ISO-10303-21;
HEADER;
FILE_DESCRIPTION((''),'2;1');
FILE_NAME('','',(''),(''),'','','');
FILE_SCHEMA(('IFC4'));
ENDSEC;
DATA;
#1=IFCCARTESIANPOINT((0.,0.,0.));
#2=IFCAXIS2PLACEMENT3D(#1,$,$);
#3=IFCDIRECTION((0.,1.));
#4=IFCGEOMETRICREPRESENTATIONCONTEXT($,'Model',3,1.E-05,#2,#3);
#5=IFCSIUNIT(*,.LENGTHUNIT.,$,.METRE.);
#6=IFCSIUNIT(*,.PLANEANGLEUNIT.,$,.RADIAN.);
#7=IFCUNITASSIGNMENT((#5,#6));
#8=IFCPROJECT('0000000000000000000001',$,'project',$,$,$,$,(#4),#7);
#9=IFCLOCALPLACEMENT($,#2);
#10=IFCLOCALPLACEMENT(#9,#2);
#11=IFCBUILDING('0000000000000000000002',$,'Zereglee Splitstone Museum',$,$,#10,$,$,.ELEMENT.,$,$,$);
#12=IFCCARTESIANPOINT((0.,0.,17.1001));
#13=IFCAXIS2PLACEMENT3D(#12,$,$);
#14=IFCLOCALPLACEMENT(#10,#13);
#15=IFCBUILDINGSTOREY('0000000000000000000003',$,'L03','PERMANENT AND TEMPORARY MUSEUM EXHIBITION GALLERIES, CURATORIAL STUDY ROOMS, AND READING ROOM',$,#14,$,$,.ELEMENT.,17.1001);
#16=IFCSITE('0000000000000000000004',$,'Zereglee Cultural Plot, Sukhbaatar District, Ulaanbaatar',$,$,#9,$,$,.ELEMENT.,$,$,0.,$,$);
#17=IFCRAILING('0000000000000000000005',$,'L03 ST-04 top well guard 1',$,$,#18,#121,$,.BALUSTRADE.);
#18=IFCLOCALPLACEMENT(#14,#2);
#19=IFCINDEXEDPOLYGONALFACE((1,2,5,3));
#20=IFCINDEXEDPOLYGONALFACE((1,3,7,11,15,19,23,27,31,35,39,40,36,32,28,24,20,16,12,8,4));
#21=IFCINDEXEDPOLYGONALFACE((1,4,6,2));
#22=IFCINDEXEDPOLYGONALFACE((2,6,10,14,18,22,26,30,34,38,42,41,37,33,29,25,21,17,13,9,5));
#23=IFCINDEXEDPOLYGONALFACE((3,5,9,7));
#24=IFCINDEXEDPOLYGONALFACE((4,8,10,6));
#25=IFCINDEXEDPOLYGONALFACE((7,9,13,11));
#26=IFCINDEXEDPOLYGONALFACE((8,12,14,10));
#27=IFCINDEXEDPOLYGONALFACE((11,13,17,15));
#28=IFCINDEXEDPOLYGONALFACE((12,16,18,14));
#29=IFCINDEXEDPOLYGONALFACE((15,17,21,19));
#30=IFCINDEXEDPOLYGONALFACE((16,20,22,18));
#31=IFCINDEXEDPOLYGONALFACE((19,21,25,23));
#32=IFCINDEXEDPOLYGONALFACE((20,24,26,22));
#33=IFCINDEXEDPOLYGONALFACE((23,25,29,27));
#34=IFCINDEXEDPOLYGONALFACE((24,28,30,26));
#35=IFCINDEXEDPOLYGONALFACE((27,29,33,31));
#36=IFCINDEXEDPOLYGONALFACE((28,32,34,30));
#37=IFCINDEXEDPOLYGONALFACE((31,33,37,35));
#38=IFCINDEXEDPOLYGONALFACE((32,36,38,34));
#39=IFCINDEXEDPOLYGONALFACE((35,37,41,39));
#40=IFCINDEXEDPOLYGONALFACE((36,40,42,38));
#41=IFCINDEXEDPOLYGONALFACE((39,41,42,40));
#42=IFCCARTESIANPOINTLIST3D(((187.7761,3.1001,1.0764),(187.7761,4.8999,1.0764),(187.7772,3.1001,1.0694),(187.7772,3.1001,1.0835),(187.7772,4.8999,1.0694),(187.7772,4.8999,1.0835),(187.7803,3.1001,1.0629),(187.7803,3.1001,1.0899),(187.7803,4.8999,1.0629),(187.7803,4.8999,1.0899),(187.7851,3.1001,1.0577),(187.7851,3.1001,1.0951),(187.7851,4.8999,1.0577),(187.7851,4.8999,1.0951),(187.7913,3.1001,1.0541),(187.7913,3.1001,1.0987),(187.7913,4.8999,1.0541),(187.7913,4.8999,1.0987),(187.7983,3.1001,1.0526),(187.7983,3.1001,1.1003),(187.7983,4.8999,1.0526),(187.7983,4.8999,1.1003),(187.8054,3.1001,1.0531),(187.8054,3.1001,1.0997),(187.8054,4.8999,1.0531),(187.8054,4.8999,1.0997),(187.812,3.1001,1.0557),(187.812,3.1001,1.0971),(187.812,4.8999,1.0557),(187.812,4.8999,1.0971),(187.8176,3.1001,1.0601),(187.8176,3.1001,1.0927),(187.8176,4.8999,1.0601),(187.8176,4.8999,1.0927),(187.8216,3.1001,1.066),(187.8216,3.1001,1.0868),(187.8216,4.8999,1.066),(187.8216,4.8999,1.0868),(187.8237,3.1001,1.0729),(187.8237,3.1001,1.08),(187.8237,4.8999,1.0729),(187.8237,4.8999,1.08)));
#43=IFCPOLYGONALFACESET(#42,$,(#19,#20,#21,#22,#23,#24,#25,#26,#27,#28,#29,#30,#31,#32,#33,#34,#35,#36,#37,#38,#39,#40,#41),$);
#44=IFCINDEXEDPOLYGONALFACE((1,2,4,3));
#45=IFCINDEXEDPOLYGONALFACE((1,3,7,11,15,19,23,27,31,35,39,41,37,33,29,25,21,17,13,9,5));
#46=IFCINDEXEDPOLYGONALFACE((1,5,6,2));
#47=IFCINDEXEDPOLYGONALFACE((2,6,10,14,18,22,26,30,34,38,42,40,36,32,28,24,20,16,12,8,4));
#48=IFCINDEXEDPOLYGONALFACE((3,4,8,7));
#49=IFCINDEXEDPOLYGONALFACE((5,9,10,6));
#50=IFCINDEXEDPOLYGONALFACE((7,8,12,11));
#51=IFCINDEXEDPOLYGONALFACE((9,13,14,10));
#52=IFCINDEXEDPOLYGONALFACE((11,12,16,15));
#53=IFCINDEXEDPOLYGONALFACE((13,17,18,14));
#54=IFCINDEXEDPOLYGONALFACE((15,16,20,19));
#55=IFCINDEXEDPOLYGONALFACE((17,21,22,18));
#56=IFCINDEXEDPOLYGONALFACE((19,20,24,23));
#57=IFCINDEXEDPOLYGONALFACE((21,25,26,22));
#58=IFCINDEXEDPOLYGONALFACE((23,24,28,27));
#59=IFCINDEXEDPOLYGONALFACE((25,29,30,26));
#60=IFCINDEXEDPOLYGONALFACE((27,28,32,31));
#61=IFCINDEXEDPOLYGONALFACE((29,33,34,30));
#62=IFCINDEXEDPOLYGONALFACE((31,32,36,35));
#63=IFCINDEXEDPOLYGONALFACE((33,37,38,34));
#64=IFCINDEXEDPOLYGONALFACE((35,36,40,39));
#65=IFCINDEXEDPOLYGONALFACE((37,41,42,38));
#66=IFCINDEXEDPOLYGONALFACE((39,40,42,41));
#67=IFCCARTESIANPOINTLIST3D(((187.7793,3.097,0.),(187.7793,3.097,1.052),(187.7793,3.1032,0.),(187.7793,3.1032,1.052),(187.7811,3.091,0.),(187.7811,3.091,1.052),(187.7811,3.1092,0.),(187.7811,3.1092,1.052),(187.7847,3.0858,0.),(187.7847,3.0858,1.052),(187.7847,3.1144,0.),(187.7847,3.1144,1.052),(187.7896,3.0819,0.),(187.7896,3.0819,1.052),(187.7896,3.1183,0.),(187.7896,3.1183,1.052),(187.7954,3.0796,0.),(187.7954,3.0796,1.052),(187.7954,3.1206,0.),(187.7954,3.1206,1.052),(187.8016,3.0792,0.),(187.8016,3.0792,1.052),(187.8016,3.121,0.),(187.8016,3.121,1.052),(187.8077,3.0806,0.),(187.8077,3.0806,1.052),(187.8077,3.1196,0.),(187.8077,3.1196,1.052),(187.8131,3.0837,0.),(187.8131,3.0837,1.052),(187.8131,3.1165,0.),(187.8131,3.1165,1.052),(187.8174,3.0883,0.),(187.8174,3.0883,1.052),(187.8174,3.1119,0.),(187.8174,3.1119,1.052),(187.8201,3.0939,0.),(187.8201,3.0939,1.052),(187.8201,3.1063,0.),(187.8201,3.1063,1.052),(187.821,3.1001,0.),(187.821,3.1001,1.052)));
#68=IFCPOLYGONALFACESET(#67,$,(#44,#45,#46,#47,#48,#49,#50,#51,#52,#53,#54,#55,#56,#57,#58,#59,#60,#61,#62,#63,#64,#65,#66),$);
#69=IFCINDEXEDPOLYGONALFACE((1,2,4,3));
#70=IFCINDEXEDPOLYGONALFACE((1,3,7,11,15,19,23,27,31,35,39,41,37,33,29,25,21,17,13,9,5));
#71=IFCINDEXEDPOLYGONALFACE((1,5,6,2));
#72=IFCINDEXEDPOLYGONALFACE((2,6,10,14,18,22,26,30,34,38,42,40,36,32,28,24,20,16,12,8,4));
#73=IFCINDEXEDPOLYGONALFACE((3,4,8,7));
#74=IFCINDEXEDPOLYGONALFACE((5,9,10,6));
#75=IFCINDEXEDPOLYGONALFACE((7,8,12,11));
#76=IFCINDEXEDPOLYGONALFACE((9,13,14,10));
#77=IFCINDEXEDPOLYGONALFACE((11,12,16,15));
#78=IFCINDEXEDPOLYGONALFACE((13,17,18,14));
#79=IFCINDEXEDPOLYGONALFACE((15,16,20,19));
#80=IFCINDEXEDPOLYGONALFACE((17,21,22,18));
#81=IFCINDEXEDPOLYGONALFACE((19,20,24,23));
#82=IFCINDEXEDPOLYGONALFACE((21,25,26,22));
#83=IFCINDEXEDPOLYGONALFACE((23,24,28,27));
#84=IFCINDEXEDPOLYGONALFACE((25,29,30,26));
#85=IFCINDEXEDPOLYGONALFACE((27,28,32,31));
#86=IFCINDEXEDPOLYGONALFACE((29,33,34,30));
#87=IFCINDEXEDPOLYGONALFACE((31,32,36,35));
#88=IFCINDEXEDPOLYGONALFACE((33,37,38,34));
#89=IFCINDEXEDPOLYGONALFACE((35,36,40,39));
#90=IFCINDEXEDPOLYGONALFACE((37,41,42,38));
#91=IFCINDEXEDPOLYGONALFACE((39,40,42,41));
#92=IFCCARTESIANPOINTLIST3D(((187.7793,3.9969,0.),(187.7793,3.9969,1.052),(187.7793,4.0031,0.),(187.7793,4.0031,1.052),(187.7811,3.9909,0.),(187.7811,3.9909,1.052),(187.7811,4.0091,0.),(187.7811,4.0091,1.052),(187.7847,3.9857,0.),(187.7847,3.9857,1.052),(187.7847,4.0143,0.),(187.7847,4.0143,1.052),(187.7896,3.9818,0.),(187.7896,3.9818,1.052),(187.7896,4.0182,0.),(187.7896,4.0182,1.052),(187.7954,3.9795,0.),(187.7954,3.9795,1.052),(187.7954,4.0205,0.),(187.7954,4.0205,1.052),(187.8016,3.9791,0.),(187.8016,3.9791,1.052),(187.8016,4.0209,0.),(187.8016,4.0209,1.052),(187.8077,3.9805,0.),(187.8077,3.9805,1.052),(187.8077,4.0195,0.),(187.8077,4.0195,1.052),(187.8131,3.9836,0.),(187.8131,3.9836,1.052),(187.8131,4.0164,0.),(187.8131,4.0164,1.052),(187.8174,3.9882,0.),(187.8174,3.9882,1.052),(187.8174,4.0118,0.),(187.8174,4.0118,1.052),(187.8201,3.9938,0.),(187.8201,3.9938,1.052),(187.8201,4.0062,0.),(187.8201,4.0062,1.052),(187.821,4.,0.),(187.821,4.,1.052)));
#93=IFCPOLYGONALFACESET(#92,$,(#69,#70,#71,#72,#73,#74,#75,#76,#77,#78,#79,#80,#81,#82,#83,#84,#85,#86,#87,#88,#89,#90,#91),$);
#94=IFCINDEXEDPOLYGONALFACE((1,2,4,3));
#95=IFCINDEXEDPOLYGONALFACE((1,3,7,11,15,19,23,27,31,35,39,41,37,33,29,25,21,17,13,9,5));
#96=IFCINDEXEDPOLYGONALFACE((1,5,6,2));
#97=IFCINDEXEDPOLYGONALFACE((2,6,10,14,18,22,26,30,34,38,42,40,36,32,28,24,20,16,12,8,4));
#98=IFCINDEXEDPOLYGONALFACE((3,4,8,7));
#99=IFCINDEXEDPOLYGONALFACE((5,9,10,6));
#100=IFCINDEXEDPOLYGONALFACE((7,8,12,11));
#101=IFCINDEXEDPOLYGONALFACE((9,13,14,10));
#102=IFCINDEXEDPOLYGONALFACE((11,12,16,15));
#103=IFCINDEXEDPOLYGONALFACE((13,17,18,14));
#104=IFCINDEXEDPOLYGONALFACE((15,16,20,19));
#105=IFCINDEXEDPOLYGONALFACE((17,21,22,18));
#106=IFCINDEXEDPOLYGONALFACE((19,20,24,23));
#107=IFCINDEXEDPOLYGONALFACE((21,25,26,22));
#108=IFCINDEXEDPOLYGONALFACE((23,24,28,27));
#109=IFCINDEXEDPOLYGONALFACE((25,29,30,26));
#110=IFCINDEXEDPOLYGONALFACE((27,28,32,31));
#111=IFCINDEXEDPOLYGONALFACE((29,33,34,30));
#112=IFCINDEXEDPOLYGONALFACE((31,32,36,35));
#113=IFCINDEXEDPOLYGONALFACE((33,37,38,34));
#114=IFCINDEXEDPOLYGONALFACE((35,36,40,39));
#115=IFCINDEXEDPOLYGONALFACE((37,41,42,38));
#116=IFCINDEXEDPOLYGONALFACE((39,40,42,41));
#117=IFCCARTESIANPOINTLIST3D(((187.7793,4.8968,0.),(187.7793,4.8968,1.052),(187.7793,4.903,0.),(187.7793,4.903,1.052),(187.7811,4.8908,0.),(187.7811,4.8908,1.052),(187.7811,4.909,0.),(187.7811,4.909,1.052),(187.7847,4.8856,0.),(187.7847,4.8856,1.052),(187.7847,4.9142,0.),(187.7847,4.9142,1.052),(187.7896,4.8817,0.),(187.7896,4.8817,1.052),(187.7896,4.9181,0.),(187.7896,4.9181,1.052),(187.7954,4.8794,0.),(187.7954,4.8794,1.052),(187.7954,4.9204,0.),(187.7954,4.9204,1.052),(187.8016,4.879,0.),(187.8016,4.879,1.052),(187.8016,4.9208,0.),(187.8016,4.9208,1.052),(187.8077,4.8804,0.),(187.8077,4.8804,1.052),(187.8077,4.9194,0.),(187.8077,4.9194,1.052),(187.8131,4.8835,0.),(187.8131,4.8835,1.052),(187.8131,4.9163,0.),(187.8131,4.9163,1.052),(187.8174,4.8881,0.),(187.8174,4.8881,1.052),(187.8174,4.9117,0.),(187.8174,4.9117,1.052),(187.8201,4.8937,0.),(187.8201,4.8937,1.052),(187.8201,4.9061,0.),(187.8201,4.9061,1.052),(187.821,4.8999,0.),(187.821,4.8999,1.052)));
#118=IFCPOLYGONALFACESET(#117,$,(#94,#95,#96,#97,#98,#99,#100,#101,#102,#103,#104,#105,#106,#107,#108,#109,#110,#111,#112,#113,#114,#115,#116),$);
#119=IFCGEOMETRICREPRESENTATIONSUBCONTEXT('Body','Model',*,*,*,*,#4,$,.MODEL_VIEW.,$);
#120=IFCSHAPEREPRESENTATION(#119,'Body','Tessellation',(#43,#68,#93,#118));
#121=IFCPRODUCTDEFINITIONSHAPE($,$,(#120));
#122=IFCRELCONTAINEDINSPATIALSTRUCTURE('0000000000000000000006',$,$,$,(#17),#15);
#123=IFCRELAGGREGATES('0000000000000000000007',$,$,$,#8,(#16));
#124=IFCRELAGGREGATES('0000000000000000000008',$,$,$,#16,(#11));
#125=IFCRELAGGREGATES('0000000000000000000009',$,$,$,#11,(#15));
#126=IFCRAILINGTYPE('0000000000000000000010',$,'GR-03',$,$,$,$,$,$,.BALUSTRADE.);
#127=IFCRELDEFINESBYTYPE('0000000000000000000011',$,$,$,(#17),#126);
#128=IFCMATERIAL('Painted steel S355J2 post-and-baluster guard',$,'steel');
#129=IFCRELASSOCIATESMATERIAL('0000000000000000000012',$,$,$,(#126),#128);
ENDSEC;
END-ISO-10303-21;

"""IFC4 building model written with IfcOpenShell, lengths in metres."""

from ifc_helpers import new_model, si_unit, direction, frame, origin, origin_2d, place, context, subcontext, project, spatial, circle, extrude, material, type_object, element, save


model = new_model("IFC4")

# Units and contexts
model_context = context("Model", 3, precision=1e-05, world=origin(), true_north=direction((0.0, 1.0)))
body_context = subcontext(model_context, "Body", "Model", "MODEL_VIEW")
ifc_project = project(units=[si_unit("LENGTHUNIT", "METRE"), si_unit("PLANEANGLEUNIT", "RADIAN")], contexts=[model_context])

# Site, building, storey
site_placement = place(None, origin())
site = spatial("IfcSite", under=ifc_project, at=site_placement, Name="Zereglee Cultural Plot, Sukhbaatar District, Ulaanbaatar", CompositionType="ELEMENT", RefElevation=0.0)
building_placement = place(site_placement, origin())
building = spatial("IfcBuilding", under=site, at=building_placement, Name="Zereglee Splitstone Museum", CompositionType="ELEMENT")
storey_placement = place(building_placement, frame((0.0, 0.0, 17.1001)))
storey = spatial("IfcBuildingStorey", under=building, at=storey_placement, Name="L03", Description="PERMANENT AND TEMPORARY MUSEUM EXHIBITION GALLERIES, CURATORIAL STUDY ROOMS, AND READING ROOM", CompositionType="ELEMENT", Elevation=17.1001)

# Railing
ifc_material_1 = material(Name="Painted steel S355J2 post-and-baluster guard", Category="steel")
railing_type = type_object("IfcRailingType", Name="GR-03", PredefinedType="BALUSTRADE", material=ifc_material_1)
railing_placement = place(storey_placement, frame((187.8, 3.1001, 0.0)))
element("IfcRailing", 1, at=railing_placement, inside=storey, type_object=railing_type, Name="L03 ST-04 top well guard 1", PredefinedType="BALUSTRADE", context=body_context, shape_type="SweptSolid", body=[
    extrude(circle(Radius=0.0239, at=origin_2d()), frame((0.0, 0.0, 1.0764), z_axis=(0.0, 1.0, 0.0), x_axis=(-1.0, 0.0, 0.0)), (0.0, 0.0, 1.0), 1.7998),
    extrude(circle(Radius=0.021, at=origin_2d()), origin(), (0.0, 0.0, 1.0), 1.052),
    extrude(circle(Radius=0.021, at=origin_2d()), frame((0.0, 0.8999, 0.0)), (0.0, 0.0, 1.0), 1.052),
    extrude(circle(Radius=0.021, at=origin_2d()), frame((0.0, 1.7998, 0.0)), (0.0, 0.0, 1.0), 1.052),
])

save(model, "model.ifc")
